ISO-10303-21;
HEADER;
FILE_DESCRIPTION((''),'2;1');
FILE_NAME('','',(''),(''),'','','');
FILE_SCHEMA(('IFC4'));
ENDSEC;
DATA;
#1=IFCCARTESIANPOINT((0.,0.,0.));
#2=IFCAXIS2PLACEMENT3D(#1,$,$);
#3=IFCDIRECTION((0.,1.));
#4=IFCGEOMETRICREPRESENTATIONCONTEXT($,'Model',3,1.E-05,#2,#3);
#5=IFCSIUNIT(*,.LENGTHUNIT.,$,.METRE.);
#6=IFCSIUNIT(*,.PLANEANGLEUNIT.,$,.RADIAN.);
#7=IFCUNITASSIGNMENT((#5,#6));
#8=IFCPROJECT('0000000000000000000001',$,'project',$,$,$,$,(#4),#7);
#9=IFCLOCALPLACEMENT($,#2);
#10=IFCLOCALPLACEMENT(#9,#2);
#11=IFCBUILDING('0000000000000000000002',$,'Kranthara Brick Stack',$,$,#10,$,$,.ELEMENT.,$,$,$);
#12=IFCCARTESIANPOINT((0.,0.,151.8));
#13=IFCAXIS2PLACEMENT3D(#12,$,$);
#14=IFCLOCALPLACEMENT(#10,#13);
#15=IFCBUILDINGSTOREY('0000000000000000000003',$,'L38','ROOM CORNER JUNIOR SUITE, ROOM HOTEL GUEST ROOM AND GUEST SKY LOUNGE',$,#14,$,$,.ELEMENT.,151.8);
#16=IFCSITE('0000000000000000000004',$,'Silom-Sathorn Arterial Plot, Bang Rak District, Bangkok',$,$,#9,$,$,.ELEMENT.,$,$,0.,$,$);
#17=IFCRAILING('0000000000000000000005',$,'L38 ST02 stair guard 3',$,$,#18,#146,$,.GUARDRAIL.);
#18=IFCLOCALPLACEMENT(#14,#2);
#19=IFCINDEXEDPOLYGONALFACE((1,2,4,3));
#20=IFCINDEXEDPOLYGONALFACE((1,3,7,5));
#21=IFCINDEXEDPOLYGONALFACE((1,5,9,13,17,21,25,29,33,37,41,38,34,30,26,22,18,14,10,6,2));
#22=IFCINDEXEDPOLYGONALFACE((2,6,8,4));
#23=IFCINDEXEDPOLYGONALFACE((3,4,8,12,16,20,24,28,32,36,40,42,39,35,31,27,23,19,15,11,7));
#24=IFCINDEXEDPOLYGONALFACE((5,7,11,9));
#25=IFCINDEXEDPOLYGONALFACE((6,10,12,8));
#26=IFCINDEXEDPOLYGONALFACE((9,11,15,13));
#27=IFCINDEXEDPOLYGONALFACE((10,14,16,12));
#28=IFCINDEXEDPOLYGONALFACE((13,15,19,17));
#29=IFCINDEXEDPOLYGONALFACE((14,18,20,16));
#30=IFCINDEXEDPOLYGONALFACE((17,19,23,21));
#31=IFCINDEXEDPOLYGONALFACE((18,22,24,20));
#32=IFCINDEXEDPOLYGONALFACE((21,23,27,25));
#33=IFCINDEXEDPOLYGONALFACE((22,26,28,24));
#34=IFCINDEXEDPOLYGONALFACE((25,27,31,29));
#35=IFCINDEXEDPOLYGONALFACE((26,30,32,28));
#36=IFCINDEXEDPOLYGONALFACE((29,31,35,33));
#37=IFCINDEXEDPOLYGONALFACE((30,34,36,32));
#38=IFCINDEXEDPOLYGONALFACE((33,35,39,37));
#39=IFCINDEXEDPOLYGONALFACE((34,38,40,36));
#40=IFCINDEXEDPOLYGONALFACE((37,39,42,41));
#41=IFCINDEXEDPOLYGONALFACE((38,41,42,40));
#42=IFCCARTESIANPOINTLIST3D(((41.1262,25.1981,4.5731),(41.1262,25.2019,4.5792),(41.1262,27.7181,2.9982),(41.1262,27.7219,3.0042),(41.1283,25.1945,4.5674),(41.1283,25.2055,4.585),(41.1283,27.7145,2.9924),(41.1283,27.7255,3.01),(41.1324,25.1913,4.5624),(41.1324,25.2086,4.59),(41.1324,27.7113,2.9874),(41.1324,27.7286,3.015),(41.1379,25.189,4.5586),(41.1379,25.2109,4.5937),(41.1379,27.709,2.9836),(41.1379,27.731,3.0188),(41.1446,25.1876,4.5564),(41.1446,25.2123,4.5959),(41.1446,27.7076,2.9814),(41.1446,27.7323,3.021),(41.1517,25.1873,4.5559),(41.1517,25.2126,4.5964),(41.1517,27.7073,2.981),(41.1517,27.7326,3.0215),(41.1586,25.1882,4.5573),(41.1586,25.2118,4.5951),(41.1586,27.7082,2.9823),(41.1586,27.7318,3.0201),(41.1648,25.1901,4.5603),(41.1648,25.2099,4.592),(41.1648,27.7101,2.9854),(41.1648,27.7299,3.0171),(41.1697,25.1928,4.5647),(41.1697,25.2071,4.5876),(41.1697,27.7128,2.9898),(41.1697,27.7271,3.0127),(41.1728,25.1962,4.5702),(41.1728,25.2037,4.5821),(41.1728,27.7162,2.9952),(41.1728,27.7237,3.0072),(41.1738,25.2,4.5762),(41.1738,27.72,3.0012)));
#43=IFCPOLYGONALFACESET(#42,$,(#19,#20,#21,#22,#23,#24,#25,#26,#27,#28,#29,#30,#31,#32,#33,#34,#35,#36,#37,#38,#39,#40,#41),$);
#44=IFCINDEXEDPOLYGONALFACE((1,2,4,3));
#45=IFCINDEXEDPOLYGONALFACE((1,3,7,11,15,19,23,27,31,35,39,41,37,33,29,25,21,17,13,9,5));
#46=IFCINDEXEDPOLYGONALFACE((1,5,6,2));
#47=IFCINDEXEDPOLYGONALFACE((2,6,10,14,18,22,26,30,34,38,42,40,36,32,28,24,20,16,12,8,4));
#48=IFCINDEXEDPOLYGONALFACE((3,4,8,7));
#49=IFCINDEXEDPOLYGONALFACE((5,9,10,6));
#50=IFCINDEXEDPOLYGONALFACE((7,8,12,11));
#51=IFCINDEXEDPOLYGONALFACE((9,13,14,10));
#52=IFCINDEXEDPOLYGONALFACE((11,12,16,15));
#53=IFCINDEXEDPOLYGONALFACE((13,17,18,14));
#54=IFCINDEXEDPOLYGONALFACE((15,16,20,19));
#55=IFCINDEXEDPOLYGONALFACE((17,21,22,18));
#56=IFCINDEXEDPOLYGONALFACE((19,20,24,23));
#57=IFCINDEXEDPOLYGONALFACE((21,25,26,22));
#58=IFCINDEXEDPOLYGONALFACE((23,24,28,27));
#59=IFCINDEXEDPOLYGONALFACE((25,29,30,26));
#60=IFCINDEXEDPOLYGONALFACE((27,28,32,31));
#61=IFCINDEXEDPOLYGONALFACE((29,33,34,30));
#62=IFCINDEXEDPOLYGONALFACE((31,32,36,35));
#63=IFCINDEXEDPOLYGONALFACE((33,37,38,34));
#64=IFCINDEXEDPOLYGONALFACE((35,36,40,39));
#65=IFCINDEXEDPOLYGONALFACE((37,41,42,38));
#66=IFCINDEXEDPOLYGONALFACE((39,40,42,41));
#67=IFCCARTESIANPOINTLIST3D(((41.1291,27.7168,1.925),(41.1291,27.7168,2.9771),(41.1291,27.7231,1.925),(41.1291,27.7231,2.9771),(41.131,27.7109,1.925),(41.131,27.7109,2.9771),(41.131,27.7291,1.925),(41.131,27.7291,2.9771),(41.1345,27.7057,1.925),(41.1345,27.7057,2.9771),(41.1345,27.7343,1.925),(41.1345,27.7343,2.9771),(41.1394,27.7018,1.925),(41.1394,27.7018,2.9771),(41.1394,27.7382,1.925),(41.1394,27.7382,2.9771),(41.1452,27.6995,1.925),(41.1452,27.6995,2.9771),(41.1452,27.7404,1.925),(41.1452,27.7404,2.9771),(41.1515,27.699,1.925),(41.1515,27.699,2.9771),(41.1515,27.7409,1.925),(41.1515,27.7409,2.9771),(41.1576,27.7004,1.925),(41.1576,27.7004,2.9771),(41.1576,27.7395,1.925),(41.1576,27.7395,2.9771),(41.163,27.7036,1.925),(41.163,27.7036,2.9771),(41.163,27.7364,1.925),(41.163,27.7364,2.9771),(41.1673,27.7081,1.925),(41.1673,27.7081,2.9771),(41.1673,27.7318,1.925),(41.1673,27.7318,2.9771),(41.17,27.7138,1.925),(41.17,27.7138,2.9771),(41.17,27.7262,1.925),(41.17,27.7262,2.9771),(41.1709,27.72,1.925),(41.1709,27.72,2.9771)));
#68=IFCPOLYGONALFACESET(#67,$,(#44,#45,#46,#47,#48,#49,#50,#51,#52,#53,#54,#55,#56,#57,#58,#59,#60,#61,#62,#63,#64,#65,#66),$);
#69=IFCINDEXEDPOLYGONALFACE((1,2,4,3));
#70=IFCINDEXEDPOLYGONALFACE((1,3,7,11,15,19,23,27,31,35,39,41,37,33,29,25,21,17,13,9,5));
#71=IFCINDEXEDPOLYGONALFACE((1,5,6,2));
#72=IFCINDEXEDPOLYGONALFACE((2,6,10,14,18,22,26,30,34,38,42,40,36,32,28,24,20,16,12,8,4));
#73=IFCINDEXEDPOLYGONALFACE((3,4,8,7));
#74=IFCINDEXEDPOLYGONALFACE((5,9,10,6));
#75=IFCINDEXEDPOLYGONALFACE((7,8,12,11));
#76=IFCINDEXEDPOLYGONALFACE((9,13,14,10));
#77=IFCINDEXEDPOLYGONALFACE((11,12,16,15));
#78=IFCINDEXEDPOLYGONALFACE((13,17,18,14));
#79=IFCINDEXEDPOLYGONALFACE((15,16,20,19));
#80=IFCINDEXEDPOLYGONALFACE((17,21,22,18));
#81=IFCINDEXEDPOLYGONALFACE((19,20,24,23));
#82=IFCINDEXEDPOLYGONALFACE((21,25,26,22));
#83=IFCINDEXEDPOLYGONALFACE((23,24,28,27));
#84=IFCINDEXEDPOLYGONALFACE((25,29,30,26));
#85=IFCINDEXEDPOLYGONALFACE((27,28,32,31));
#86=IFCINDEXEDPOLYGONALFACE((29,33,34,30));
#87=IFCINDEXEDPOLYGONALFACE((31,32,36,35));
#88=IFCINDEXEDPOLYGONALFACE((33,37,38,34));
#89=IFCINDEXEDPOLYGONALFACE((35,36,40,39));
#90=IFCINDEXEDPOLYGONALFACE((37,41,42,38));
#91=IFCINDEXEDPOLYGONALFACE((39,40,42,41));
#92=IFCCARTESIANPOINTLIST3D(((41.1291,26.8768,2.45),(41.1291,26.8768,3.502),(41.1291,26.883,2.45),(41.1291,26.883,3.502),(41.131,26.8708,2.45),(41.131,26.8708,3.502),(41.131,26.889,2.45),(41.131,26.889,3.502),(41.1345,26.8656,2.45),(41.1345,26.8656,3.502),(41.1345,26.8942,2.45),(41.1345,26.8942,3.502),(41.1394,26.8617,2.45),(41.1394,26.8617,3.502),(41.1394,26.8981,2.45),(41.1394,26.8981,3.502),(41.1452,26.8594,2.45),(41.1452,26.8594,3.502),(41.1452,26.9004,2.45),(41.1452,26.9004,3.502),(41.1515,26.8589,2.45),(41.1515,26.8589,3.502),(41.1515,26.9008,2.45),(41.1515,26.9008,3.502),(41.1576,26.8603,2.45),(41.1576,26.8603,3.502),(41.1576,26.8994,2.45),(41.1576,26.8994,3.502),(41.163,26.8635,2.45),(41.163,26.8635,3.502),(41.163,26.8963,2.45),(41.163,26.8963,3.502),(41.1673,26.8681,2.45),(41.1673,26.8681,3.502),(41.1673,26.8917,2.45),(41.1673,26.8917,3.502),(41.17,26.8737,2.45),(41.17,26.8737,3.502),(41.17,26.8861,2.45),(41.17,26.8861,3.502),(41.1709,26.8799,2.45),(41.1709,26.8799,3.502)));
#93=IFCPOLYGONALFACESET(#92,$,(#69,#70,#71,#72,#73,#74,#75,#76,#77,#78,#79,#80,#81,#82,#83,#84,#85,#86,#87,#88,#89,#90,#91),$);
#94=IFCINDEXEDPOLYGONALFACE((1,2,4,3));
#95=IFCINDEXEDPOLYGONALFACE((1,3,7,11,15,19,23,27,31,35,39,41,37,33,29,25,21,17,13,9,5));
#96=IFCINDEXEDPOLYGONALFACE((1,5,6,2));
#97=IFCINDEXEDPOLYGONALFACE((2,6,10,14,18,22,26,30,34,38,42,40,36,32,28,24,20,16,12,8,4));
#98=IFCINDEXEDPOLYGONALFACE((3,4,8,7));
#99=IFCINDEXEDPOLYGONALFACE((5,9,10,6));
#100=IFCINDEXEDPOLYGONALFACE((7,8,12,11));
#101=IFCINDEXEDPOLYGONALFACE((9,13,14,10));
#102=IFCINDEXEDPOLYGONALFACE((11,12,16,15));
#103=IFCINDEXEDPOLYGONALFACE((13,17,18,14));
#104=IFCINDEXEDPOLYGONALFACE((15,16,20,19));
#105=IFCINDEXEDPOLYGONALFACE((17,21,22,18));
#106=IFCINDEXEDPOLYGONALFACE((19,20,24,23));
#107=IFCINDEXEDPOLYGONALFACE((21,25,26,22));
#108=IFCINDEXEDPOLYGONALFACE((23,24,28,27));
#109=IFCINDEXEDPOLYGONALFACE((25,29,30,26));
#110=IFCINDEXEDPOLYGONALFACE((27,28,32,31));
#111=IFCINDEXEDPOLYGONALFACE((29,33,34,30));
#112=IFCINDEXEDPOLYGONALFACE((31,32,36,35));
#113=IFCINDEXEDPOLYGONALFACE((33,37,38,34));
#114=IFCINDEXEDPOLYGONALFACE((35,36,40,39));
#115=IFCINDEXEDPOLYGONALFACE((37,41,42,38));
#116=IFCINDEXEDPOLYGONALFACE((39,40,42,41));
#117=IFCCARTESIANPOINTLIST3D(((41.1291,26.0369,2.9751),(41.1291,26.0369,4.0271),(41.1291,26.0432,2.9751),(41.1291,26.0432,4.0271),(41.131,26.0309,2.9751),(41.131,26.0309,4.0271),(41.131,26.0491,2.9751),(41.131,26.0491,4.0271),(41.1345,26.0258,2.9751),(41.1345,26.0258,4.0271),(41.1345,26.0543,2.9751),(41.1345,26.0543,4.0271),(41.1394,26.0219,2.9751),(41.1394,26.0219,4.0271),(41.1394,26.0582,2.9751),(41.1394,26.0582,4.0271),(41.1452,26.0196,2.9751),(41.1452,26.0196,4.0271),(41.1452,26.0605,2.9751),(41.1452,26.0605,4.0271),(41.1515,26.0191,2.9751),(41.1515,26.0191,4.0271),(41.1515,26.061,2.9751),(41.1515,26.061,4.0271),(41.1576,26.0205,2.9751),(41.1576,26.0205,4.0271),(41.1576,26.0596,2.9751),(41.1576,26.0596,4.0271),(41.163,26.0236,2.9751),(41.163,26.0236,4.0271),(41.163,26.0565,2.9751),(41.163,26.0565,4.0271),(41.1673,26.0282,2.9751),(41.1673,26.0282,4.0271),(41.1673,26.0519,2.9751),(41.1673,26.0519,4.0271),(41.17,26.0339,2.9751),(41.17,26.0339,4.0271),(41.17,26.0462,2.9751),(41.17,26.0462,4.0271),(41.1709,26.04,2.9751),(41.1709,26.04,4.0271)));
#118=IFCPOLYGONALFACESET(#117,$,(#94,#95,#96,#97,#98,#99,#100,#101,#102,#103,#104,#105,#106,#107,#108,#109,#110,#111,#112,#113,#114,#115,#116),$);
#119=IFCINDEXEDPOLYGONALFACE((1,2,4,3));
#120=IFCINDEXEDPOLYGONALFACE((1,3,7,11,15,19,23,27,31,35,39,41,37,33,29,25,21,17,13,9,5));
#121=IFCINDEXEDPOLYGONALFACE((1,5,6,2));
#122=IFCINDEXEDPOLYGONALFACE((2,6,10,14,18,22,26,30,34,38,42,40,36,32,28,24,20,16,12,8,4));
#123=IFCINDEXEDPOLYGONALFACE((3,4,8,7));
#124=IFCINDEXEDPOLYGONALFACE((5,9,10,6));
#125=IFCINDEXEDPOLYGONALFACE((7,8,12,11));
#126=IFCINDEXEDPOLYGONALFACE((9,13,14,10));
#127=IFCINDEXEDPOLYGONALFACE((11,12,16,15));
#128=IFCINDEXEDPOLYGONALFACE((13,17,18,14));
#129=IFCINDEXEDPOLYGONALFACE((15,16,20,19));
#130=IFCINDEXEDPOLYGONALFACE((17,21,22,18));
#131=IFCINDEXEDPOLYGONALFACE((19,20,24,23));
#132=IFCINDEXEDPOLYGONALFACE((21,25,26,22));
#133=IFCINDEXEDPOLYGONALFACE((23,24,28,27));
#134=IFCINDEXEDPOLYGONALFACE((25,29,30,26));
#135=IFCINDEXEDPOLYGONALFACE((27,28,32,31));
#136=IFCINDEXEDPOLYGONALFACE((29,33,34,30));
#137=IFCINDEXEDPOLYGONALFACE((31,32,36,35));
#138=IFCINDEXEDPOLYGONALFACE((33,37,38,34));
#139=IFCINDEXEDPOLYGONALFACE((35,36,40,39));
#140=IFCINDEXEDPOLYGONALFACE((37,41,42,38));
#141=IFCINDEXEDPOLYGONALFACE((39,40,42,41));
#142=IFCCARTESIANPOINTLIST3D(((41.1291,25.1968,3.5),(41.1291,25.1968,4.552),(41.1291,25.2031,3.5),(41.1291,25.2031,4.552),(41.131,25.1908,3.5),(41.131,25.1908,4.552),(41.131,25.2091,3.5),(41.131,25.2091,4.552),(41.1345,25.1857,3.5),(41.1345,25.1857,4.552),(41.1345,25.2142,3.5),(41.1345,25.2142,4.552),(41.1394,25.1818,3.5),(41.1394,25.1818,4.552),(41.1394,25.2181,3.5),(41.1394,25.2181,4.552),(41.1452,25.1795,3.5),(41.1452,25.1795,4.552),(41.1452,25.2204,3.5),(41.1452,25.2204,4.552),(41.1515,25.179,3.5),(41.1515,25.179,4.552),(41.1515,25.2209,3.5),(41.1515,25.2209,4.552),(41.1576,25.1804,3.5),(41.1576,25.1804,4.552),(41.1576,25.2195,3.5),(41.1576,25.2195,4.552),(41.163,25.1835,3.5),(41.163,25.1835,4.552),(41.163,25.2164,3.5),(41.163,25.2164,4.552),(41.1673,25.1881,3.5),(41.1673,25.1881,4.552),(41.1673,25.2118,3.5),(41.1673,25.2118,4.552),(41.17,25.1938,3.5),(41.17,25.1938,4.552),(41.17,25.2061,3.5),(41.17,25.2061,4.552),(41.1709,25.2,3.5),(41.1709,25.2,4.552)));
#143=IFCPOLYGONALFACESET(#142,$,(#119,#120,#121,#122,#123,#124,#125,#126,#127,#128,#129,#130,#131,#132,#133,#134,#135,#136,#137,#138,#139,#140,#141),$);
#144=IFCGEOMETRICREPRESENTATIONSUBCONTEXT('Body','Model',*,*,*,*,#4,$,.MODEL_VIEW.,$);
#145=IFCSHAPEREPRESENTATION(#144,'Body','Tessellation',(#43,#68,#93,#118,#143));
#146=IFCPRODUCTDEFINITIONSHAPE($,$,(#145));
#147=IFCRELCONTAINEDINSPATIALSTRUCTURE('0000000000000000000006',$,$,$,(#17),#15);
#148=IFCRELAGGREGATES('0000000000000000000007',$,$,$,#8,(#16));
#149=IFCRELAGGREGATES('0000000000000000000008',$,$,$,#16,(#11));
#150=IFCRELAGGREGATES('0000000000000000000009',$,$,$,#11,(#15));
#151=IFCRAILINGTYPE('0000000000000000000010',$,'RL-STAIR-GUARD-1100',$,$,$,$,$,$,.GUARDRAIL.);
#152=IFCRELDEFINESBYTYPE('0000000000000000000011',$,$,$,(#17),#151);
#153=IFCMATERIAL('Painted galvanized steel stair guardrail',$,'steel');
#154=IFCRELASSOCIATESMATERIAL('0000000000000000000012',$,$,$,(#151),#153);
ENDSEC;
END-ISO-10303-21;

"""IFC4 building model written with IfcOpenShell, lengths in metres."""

from ifc_helpers import new_model, si_unit, direction, frame, origin, origin_2d, place, context, subcontext, project, spatial, circle, extrude, material, type_object, element, save


model = new_model("IFC4")

# Units and contexts
model_context = context("Model", 3, precision=1e-05, world=origin(), true_north=direction((0.0, 1.0)))
body_context = subcontext(model_context, "Body", "Model", "MODEL_VIEW")
ifc_project = project(units=[si_unit("LENGTHUNIT", "METRE"), si_unit("PLANEANGLEUNIT", "RADIAN")], contexts=[model_context])

# Site, building, storey
site_placement = place(None, origin())
site = spatial("IfcSite", under=ifc_project, at=site_placement, Name="Silom-Sathorn Arterial Plot, Bang Rak District, Bangkok", CompositionType="ELEMENT", RefElevation=0.0)
building_placement = place(site_placement, origin())
building = spatial("IfcBuilding", under=site, at=building_placement, Name="Kranthara Brick Stack", CompositionType="ELEMENT")
storey_placement = place(building_placement, frame((0.0, 0.0, 151.8)))
storey = spatial("IfcBuildingStorey", under=building, at=storey_placement, Name="L38", Description="ROOM CORNER JUNIOR SUITE, ROOM HOTEL GUEST ROOM AND GUEST SKY LOUNGE", CompositionType="ELEMENT", Elevation=151.8)

# Railing
ifc_material_1 = material(Name="Painted galvanized steel stair guardrail", Category="steel")
railing_type_1 = type_object("IfcRailingType", Name="RL-STAIR-GUARD-1100", PredefinedType="GUARDRAIL", material=ifc_material_1)
railing_1_placement = place(storey_placement, frame((41.1499, 27.72, 1.925)))
element("IfcRailing", 1, at=railing_1_placement, inside=storey, type_object=railing_type_1, Name="L38 ST02 stair guard 3", PredefinedType="GUARDRAIL", context=body_context, shape_type="SweptSolid", body=[
    extrude(circle(Radius=0.0239, at=origin_2d()), frame((0.0, 0.0, 1.0762), z_axis=(0.0, -0.848008, 0.529984), x_axis=(1.0, 0.0, 0.0)), (0.0, 0.0, 1.0), 2.9717),
    extrude(circle(Radius=0.021, at=origin_2d()), origin(), (0.0, 0.0, 1.0), 1.052),
    extrude(circle(Radius=0.021, at=origin_2d()), frame((0.0, -0.8401, 0.5249)), (0.0, 0.0, 1.0), 1.052),
    extrude(circle(Radius=0.021, at=origin_2d()), frame((0.0, -1.6799, 1.05)), (0.0, 0.0, 1.0), 1.052),
    extrude(circle(Radius=0.021, at=origin_2d()), frame((0.0, -2.52, 1.575)), (0.0, 0.0, 1.0), 1.052),
])

save(model, "model.ifc")
